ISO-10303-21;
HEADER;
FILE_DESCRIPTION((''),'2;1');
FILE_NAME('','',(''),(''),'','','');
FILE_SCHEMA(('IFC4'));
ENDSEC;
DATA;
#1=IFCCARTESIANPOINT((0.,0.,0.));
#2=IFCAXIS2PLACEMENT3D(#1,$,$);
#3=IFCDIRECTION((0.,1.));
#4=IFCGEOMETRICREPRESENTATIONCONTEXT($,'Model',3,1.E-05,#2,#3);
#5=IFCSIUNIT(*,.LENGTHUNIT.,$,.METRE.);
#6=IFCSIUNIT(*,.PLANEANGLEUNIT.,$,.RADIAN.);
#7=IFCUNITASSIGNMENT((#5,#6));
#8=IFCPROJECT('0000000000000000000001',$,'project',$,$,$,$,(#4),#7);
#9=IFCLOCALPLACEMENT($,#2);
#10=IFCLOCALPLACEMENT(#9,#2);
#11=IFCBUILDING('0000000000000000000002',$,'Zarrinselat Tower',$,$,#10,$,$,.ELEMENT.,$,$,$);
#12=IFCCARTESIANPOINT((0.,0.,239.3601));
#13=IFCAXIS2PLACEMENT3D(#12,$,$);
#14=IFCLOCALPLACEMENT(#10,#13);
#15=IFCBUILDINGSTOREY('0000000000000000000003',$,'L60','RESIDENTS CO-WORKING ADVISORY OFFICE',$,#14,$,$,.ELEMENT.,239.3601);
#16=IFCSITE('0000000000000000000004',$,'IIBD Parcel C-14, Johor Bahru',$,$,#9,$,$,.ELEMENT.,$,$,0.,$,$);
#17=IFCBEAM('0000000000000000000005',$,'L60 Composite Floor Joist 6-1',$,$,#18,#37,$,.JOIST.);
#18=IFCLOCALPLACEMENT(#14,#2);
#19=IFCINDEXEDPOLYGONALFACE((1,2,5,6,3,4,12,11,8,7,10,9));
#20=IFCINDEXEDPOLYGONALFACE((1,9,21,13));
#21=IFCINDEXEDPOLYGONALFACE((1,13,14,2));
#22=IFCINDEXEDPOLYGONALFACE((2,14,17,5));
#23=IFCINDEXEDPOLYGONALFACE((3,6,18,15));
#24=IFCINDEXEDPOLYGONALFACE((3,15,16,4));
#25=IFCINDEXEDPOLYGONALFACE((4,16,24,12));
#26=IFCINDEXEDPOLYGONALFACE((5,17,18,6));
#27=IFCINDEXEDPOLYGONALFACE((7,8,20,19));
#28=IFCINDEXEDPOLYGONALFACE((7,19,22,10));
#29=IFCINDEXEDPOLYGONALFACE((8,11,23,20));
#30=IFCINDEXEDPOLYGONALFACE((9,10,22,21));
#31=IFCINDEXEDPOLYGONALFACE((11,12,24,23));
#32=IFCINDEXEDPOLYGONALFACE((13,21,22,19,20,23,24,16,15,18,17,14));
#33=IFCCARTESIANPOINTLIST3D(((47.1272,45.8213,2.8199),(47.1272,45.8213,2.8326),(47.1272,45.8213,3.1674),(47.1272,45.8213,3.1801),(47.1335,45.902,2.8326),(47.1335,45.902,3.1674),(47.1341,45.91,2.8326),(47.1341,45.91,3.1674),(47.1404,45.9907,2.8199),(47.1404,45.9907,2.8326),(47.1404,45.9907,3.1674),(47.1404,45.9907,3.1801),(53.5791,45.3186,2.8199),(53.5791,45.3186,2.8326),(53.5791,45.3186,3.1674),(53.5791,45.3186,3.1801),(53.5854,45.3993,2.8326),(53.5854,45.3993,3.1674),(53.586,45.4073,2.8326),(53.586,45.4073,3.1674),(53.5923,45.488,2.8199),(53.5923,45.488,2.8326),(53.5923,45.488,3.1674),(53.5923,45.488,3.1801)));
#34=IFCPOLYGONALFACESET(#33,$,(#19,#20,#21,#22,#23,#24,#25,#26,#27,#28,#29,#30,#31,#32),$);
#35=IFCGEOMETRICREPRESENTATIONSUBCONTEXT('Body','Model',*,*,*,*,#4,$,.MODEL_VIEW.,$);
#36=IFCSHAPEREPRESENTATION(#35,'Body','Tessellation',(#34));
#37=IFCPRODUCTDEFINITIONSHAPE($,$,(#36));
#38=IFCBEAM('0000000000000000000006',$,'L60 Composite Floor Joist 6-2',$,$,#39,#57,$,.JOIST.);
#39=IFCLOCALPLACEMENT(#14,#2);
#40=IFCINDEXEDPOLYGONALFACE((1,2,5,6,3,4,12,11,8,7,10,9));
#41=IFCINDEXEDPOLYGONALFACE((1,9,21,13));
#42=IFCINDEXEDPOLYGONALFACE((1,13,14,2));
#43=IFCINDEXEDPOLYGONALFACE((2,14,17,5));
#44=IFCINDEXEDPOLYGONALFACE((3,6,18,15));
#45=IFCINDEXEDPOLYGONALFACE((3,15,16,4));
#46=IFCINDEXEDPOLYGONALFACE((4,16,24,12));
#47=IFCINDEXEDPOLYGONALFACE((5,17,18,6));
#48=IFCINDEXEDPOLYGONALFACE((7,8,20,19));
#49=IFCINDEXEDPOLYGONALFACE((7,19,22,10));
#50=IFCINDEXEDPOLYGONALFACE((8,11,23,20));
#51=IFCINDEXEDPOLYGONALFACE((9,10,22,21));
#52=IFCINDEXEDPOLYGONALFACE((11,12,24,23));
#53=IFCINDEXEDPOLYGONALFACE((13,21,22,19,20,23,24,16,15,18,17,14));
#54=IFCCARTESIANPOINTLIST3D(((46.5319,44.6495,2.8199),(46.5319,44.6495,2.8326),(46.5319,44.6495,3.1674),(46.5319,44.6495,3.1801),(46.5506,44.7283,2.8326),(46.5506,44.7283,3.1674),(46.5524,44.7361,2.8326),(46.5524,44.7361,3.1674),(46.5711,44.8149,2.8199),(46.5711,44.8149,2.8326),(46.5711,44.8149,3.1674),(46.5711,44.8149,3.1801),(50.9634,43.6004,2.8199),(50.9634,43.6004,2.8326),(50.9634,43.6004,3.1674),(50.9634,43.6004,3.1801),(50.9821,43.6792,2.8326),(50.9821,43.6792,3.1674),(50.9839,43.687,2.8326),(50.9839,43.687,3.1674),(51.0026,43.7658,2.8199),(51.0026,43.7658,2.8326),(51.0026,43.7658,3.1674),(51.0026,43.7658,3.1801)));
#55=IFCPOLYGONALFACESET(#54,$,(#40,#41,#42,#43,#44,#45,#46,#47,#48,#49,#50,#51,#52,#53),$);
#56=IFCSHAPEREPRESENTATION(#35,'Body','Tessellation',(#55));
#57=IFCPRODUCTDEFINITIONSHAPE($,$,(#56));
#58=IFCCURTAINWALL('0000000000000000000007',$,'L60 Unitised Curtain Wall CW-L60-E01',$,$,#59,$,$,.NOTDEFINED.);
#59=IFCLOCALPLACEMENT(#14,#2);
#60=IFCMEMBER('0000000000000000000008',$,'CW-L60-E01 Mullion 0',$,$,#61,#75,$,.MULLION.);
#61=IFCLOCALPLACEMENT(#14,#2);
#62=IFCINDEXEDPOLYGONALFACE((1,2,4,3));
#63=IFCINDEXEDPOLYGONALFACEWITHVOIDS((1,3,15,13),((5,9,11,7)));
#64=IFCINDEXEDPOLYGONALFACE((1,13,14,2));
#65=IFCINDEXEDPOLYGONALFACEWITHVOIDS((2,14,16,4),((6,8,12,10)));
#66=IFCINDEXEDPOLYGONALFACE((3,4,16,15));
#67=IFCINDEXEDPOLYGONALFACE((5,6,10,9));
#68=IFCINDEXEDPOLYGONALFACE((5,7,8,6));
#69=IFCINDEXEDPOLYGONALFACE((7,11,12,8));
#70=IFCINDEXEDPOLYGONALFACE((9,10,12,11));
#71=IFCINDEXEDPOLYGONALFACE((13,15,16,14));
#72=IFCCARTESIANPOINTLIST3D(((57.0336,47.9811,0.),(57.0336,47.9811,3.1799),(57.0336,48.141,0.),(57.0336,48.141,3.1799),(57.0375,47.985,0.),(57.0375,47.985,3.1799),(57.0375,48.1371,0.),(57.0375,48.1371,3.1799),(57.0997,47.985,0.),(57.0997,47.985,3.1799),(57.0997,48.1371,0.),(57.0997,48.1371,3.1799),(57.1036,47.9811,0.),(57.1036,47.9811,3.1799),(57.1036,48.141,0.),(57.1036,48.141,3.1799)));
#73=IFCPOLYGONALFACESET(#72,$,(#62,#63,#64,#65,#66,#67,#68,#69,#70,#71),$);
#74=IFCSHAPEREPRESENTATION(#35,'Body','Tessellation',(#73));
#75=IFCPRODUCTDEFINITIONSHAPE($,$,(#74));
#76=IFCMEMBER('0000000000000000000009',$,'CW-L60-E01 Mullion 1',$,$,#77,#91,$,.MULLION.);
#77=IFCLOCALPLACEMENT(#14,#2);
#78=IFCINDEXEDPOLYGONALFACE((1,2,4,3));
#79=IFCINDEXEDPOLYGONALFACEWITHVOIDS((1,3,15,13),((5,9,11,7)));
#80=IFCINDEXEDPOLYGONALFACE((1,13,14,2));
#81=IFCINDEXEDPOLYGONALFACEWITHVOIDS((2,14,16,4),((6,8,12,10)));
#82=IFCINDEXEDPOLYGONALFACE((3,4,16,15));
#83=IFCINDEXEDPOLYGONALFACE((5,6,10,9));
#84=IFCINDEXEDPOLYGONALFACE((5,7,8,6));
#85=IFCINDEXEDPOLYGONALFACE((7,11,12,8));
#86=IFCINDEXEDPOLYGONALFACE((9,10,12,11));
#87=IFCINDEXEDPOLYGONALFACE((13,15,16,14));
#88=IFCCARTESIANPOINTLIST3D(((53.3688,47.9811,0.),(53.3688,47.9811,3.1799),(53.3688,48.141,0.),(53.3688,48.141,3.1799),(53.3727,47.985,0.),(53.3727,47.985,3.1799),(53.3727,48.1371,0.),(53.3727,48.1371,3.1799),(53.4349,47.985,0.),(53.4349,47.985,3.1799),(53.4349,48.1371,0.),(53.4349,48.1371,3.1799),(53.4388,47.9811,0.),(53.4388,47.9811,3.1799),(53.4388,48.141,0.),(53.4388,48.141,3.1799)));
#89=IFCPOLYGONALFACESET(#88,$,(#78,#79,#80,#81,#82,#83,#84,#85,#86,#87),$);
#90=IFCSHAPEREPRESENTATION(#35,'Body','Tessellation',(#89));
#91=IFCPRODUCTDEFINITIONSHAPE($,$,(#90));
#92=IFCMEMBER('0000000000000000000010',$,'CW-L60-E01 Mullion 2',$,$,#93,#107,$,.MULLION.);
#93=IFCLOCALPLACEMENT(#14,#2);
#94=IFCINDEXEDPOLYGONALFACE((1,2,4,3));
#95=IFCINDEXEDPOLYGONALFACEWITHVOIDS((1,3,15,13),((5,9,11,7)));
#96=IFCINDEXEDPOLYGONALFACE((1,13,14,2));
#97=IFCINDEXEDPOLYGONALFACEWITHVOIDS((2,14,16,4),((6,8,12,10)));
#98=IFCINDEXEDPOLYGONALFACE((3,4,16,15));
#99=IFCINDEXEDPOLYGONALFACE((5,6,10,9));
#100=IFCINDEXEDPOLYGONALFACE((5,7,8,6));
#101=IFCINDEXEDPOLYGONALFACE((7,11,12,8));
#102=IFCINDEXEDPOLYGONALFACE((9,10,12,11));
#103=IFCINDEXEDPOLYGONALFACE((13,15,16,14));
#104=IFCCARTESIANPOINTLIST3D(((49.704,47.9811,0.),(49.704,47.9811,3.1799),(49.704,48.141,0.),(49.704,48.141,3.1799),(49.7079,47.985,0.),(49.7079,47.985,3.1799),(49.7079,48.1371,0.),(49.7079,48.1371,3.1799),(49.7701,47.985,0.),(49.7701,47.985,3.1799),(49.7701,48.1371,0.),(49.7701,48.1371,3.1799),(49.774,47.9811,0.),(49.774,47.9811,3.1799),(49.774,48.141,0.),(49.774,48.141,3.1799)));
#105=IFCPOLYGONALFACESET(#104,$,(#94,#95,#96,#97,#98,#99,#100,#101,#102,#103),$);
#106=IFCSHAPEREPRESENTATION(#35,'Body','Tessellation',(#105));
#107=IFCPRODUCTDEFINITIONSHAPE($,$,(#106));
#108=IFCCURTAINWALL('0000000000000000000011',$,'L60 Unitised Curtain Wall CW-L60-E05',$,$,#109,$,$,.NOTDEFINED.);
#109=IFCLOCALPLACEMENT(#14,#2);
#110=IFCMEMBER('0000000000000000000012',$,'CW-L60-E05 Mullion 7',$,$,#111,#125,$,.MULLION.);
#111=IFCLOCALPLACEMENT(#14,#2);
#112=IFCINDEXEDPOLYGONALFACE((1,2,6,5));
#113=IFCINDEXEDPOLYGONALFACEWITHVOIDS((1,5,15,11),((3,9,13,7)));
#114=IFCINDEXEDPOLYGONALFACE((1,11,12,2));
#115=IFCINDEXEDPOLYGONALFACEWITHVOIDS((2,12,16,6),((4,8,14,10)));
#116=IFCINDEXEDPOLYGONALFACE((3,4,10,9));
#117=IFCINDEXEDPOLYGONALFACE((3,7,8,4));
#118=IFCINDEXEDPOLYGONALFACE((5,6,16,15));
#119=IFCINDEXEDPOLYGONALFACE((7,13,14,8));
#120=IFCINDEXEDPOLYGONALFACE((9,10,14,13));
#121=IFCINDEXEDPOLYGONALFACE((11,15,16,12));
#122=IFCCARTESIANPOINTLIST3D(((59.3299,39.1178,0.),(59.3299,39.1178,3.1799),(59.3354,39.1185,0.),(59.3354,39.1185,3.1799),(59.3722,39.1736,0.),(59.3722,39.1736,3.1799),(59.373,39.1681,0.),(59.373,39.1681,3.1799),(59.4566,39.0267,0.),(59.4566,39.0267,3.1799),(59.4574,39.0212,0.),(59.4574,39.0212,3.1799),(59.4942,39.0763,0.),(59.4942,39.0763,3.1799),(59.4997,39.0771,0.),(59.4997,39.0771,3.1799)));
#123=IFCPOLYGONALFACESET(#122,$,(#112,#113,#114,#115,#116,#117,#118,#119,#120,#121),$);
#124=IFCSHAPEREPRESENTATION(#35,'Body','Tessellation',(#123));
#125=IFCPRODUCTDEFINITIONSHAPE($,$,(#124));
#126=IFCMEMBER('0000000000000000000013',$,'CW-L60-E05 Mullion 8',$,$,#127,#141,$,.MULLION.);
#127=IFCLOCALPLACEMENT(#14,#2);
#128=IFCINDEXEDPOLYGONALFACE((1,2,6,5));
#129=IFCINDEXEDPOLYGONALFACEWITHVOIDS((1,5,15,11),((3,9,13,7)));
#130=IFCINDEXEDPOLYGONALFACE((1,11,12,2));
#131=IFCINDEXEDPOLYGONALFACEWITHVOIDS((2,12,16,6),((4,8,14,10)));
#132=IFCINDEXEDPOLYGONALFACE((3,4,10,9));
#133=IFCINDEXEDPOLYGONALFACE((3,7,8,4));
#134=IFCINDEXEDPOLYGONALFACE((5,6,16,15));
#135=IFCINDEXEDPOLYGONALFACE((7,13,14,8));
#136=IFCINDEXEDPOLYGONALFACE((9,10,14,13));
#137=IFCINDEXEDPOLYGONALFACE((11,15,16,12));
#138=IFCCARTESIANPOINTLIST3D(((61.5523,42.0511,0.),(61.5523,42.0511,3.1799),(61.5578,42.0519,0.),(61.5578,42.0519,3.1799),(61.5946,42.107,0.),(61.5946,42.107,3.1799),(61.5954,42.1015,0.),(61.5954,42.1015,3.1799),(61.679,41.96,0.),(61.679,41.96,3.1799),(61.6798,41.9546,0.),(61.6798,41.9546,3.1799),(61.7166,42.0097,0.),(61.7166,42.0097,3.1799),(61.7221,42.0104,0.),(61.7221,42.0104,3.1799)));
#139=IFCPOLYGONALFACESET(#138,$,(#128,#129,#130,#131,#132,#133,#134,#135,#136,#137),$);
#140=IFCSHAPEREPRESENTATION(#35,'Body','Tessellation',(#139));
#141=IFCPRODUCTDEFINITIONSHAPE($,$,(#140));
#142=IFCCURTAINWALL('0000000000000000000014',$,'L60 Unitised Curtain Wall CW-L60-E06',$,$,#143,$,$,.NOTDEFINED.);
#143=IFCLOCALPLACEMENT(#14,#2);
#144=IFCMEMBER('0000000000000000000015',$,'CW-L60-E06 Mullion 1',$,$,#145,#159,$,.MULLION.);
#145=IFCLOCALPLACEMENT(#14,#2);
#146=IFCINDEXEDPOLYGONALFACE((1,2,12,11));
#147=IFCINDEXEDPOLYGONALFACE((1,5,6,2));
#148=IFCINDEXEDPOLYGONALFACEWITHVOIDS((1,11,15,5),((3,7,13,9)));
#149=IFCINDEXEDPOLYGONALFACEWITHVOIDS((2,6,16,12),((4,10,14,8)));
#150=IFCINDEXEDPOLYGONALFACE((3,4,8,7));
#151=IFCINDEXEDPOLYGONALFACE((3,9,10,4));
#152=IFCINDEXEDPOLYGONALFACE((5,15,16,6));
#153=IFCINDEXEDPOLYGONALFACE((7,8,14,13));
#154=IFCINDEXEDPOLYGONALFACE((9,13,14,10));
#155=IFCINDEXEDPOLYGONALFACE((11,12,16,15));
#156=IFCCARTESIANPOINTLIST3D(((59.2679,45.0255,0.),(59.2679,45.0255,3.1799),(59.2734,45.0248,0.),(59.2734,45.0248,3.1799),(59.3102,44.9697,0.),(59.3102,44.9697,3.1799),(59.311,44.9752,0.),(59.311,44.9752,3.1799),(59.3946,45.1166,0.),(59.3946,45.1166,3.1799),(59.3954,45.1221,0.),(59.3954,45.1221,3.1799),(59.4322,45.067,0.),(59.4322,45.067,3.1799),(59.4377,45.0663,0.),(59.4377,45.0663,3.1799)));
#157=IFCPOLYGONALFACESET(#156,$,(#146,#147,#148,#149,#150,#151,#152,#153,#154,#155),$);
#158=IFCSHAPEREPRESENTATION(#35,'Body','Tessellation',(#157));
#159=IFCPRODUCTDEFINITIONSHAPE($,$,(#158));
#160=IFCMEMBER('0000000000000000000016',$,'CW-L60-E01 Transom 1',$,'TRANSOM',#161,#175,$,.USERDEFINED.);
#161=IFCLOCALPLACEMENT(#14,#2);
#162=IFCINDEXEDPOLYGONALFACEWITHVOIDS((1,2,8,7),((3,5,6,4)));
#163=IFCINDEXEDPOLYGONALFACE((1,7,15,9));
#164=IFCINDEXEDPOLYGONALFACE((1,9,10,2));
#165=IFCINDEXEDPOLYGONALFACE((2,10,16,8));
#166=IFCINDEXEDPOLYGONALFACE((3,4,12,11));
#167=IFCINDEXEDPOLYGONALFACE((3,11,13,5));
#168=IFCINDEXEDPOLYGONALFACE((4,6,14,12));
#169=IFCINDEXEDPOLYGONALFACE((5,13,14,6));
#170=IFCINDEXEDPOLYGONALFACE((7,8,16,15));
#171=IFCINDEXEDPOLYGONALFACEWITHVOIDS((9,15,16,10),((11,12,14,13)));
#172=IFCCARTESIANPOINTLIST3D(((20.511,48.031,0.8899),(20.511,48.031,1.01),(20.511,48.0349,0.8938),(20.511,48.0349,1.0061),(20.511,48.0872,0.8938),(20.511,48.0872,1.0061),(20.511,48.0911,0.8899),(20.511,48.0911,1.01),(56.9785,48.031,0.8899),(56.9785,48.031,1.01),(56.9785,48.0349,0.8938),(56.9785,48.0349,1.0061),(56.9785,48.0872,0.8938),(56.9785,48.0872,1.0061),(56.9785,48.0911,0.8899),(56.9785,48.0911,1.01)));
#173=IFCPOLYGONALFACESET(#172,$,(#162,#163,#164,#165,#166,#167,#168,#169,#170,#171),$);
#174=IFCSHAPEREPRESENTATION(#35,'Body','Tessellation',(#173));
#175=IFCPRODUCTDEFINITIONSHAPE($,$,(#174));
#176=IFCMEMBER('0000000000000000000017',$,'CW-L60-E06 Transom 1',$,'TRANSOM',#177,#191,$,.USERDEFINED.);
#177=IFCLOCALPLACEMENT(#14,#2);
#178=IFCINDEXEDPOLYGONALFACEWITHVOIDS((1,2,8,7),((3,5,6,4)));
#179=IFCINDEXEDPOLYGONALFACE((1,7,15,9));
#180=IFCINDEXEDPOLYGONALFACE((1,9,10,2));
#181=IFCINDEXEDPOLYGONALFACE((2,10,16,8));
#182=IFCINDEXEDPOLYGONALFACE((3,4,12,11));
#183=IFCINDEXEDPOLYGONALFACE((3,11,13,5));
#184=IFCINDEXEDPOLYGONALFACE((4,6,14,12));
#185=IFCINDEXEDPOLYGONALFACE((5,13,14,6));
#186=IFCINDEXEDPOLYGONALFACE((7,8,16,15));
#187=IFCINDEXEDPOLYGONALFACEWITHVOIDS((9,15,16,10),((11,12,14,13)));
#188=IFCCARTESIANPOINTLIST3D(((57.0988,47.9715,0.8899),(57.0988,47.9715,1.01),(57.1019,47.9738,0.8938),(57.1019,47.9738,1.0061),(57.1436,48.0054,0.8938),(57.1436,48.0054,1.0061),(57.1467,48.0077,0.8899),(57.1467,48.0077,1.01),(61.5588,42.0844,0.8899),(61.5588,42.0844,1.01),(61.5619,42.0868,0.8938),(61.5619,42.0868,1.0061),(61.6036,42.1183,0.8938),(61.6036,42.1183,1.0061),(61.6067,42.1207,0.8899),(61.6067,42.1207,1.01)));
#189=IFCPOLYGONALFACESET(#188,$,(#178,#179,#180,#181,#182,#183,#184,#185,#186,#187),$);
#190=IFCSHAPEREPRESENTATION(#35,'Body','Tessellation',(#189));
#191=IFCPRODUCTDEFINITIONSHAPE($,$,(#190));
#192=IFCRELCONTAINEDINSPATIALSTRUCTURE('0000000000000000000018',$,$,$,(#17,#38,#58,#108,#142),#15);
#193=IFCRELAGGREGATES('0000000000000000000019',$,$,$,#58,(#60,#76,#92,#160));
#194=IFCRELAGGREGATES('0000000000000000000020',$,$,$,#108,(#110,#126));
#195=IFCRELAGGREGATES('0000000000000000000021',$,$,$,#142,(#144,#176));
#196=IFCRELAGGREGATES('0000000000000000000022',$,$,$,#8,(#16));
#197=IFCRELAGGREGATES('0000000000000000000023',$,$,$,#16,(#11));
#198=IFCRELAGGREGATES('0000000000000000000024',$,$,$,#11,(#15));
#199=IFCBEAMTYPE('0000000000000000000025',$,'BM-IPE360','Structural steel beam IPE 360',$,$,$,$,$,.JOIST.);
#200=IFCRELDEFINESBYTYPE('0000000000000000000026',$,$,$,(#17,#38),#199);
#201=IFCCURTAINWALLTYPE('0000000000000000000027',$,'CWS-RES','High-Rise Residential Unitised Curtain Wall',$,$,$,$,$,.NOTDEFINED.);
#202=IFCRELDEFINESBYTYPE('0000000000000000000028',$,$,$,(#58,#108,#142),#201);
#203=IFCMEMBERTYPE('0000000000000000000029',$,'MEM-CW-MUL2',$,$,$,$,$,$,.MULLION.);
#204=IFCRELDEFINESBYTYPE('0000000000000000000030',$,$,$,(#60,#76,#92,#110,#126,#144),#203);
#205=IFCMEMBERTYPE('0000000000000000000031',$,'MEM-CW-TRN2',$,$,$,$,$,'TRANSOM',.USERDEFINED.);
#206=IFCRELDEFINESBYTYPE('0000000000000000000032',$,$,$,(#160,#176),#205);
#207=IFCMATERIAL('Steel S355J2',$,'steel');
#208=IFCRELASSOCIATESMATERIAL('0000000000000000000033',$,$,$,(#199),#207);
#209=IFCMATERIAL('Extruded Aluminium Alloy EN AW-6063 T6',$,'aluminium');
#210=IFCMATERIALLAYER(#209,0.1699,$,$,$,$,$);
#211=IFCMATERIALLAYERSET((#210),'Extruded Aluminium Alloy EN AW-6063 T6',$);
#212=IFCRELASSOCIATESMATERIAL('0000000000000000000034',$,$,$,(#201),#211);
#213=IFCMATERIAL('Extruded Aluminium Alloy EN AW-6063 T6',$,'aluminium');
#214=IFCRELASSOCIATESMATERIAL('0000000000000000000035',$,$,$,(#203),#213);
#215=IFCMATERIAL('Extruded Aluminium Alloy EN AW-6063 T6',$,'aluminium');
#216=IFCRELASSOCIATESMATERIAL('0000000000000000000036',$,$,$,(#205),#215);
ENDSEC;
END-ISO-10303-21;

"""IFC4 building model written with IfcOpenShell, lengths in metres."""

from ifc_helpers import new_model, si_unit, direction, frame, origin, origin_2d, place, context, subcontext, project, spatial, hollow_rectangle, i_section, extrude, material, layer, layer_set, material_profile, profile_set, type_object, element, aggregate, save


model = new_model("IFC4")

# Units and contexts
model_context = context("Model", 3, precision=1e-05, world=origin(), true_north=direction((0.0, 1.0)))
body_context = subcontext(model_context, "Body", "Model", "MODEL_VIEW")
ifc_project = project(units=[si_unit("LENGTHUNIT", "METRE"), si_unit("PLANEANGLEUNIT", "RADIAN")], contexts=[model_context])

# Site, building, storey
site_placement = place(None, origin())
site = spatial("IfcSite", under=ifc_project, at=site_placement, Name="IIBD Parcel C-14, Johor Bahru", CompositionType="ELEMENT", RefElevation=0.0)
building_placement = place(site_placement, origin())
building = spatial("IfcBuilding", under=site, at=building_placement, Name="Zarrinselat Tower", CompositionType="ELEMENT")
storey_placement = place(building_placement, frame((0.0, 0.0, 239.3601)))
storey = spatial("IfcBuildingStorey", under=building, at=storey_placement, Name="L60", Description="RESIDENTS CO-WORKING ADVISORY OFFICE", CompositionType="ELEMENT", Elevation=239.3601)

# Beams
ifc_material_1 = material(Name="Steel S355J2", Category="steel")
ifc_material_profile_1 = material_profile(ifc_material_1, i_section(OverallWidth=0.1699, OverallDepth=0.3601, WebThickness=0.0081, FlangeThickness=0.0127, at=origin_2d()), Name="IPE 360")
ifc_profile_set_1 = profile_set([ifc_material_profile_1], Name="Steel S355J2")
beam_type_1 = type_object("IfcBeamType", Name="BM-IPE360", Description="Structural steel beam IPE 360", PredefinedType="JOIST", material=ifc_profile_set_1)
beam_1_placement = place(storey_placement, frame((47.1338, 45.906, 3.0), z_axis=(0.996979, -0.077677, 0.0), x_axis=(0.077677, 0.996979, 0.0)))
element("IfcBeam", 1, at=beam_1_placement, inside=storey, type_object=beam_type_1, Name="L60 Composite Floor Joist 6-1", PredefinedType="JOIST", context=body_context, shape_type="SweptSolid", body=[
    extrude(i_section(OverallWidth=0.1699, OverallDepth=0.3601, WebThickness=0.0081, FlangeThickness=0.0127, at=origin_2d()), origin(), (0.0, 0.0, 1.0), 6.4714),
])
beam_2_placement = place(storey_placement, frame((46.5515, 44.7322, 3.0), z_axis=(0.973103, -0.230369, 0.0), x_axis=(0.230369, 0.973103, 0.0)))
element("IfcBeam", 2, at=beam_2_placement, inside=storey, type_object=beam_type_1, Name="L60 Composite Floor Joist 6-2", PredefinedType="JOIST", context=body_context, shape_type="SweptSolid", body=[
    extrude(i_section(OverallWidth=0.1699, OverallDepth=0.3601, WebThickness=0.0081, FlangeThickness=0.0127, at=origin_2d()), origin(), (0.0, 0.0, 1.0), 4.554),
])

# Curtain walls, members
ifc_material_2 = material(Name="Extruded Aluminium Alloy EN AW-6063 T6", Category="aluminium")
ifc_layer_1 = layer(ifc_material_2, 0.1699)
ifc_layer_set_1 = layer_set([ifc_layer_1], Name="Extruded Aluminium Alloy EN AW-6063 T6")
curtain_wall_type = type_object("IfcCurtainWallType", Name="CWS-RES", Description="High-Rise Residential Unitised Curtain Wall", PredefinedType="NOTDEFINED", material=ifc_layer_set_1)
curtain_wall_1_placement = place(storey_placement, origin())
curtain_wall_1 = element("IfcCurtainWall", 3, at=curtain_wall_1_placement, inside=storey, type_object=curtain_wall_type, Name="L60 Unitised Curtain Wall CW-L60-E01", PredefinedType="NOTDEFINED")
ifc_material_3 = material(Name="Extruded Aluminium Alloy EN AW-6063 T6", Category="aluminium")
ifc_material_profile_2 = material_profile(ifc_material_3, hollow_rectangle(XDim=0.0701, YDim=0.1599, WallThickness=0.0039, at=origin_2d()), Name="RHS 160x70x4")
ifc_profile_set_2 = profile_set([ifc_material_profile_2], Name="Extruded Aluminium Alloy EN AW-6063 T6")
member_type_1 = type_object("IfcMemberType", Name="MEM-CW-MUL2", PredefinedType="MULLION", material=ifc_profile_set_2)
member_1_placement = place(storey_placement, frame((57.0686, 48.061, 0.0), z_axis=(0.0, 0.0, 1.0), x_axis=(-1.0, 0.0, 0.0)))
member_1 = element("IfcMember", 4, at=member_1_placement, type_object=member_type_1, Name="CW-L60-E01 Mullion 0", PredefinedType="MULLION", context=body_context, shape_type="SweptSolid", body=[
    extrude(hollow_rectangle(XDim=0.0701, YDim=0.1599, WallThickness=0.0039, at=origin_2d()), origin(), (0.0, 0.0, 1.0), 3.1799),
])
member_2_placement = place(storey_placement, frame((53.4038, 48.061, 0.0), z_axis=(0.0, 0.0, 1.0), x_axis=(-1.0, 0.0, 0.0)))
member_2 = element("IfcMember", 5, at=member_2_placement, type_object=member_type_1, Name="CW-L60-E01 Mullion 1", PredefinedType="MULLION", context=body_context, shape_type="SweptSolid", body=[
    extrude(hollow_rectangle(XDim=0.0701, YDim=0.1599, WallThickness=0.0039, at=origin_2d()), origin(), (0.0, 0.0, 1.0), 3.1799),
])
member_3_placement = place(storey_placement, frame((49.739, 48.061, 0.0), z_axis=(0.0, 0.0, 1.0), x_axis=(-1.0, 0.0, 0.0)))
member_3 = element("IfcMember", 6, at=member_3_placement, type_object=member_type_1, Name="CW-L60-E01 Mullion 2", PredefinedType="MULLION", context=body_context, shape_type="SweptSolid", body=[
    extrude(hollow_rectangle(XDim=0.0701, YDim=0.1599, WallThickness=0.0039, at=origin_2d()), origin(), (0.0, 0.0, 1.0), 3.1799),
])
curtain_wall_2_placement = place(storey_placement, origin())
curtain_wall_2 = element("IfcCurtainWall", 7, at=curtain_wall_2_placement, inside=storey, type_object=curtain_wall_type, Name="L60 Unitised Curtain Wall CW-L60-E05", PredefinedType="NOTDEFINED")
member_4_placement = place(storey_placement, frame((59.4148, 39.0974, 0.0), z_axis=(0.0, 0.0, 1.0), x_axis=(0.603858, 0.797092, 0.0)))
member_4 = element("IfcMember", 8, at=member_4_placement, type_object=member_type_1, Name="CW-L60-E05 Mullion 7", PredefinedType="MULLION", context=body_context, shape_type="SweptSolid", body=[
    extrude(hollow_rectangle(XDim=0.0701, YDim=0.1599, WallThickness=0.0039, at=origin_2d()), origin(), (0.0, 0.0, 1.0), 3.1799),
])
member_5_placement = place(storey_placement, frame((61.6372, 42.0308, 0.0), z_axis=(0.0, 0.0, 1.0), x_axis=(0.603858, 0.797092, 0.0)))
member_5 = element("IfcMember", 9, at=member_5_placement, type_object=member_type_1, Name="CW-L60-E05 Mullion 8", PredefinedType="MULLION", context=body_context, shape_type="SweptSolid", body=[
    extrude(hollow_rectangle(XDim=0.0701, YDim=0.1599, WallThickness=0.0039, at=origin_2d()), origin(), (0.0, 0.0, 1.0), 3.1799),
])

# Curtain wall, member
curtain_wall_3_placement = place(storey_placement, origin())
curtain_wall_3 = element("IfcCurtainWall", 10, at=curtain_wall_3_placement, inside=storey, type_object=curtain_wall_type, Name="L60 Unitised Curtain Wall CW-L60-E06", PredefinedType="NOTDEFINED")
member_6_placement = place(storey_placement, frame((59.3528, 45.0459, 0.0), z_axis=(0.0, 0.0, 1.0), x_axis=(-0.603865, 0.797086, 0.0)))
member_6 = element("IfcMember", 11, at=member_6_placement, type_object=member_type_1, Name="CW-L60-E06 Mullion 1", PredefinedType="MULLION", context=body_context, shape_type="SweptSolid", body=[
    extrude(hollow_rectangle(XDim=0.0701, YDim=0.1599, WallThickness=0.0039, at=origin_2d()), origin(), (0.0, 0.0, 1.0), 3.1799),
])

# Members
ifc_material_4 = material(Name="Extruded Aluminium Alloy EN AW-6063 T6", Category="aluminium")
ifc_material_profile_3 = material_profile(ifc_material_4, hollow_rectangle(XDim=0.0601, YDim=0.1201, WallThickness=0.0039, at=origin_2d()), Name="RHS 120x60x4")
ifc_profile_set_3 = profile_set([ifc_material_profile_3], Name="Extruded Aluminium Alloy EN AW-6063 T6")
member_type_2 = type_object("IfcMemberType", Name="MEM-CW-TRN2", ElementType="TRANSOM", PredefinedType="USERDEFINED", material=ifc_profile_set_3)
member_7_placement = place(storey_placement, frame((56.9785, 48.061, 0.95), z_axis=(-1.0, 0.0, 0.0), x_axis=(0.0, -1.0, 0.0)))
member_7 = element("IfcMember", 12, at=member_7_placement, type_object=member_type_2, Name="CW-L60-E01 Transom 1", ObjectType="TRANSOM", PredefinedType="USERDEFINED", context=body_context, shape_type="SweptSolid", body=[
    extrude(hollow_rectangle(XDim=0.0601, YDim=0.1201, WallThickness=0.0039, at=origin_2d()), origin(), (0.0, 0.0, 1.0), 36.4675),
])
member_8_placement = place(storey_placement, frame((61.5828, 42.1025, 0.95), z_axis=(-0.60387, 0.797083, 0.0), x_axis=(-0.797083, -0.60387, 0.0)))
member_8 = element("IfcMember", 13, at=member_8_placement, type_object=member_type_2, Name="CW-L60-E06 Transom 1", ObjectType="TRANSOM", PredefinedType="USERDEFINED", context=body_context, shape_type="SweptSolid", body=[
    extrude(hollow_rectangle(XDim=0.0601, YDim=0.1201, WallThickness=0.0039, at=origin_2d()), origin(), (0.0, 0.0, 1.0), 7.3857),
])

aggregate(curtain_wall_1, [member_1, member_2, member_3, member_7])
aggregate(curtain_wall_2, [member_4, member_5])
aggregate(curtain_wall_3, [member_6, member_8])

save(model, "model.ifc")
